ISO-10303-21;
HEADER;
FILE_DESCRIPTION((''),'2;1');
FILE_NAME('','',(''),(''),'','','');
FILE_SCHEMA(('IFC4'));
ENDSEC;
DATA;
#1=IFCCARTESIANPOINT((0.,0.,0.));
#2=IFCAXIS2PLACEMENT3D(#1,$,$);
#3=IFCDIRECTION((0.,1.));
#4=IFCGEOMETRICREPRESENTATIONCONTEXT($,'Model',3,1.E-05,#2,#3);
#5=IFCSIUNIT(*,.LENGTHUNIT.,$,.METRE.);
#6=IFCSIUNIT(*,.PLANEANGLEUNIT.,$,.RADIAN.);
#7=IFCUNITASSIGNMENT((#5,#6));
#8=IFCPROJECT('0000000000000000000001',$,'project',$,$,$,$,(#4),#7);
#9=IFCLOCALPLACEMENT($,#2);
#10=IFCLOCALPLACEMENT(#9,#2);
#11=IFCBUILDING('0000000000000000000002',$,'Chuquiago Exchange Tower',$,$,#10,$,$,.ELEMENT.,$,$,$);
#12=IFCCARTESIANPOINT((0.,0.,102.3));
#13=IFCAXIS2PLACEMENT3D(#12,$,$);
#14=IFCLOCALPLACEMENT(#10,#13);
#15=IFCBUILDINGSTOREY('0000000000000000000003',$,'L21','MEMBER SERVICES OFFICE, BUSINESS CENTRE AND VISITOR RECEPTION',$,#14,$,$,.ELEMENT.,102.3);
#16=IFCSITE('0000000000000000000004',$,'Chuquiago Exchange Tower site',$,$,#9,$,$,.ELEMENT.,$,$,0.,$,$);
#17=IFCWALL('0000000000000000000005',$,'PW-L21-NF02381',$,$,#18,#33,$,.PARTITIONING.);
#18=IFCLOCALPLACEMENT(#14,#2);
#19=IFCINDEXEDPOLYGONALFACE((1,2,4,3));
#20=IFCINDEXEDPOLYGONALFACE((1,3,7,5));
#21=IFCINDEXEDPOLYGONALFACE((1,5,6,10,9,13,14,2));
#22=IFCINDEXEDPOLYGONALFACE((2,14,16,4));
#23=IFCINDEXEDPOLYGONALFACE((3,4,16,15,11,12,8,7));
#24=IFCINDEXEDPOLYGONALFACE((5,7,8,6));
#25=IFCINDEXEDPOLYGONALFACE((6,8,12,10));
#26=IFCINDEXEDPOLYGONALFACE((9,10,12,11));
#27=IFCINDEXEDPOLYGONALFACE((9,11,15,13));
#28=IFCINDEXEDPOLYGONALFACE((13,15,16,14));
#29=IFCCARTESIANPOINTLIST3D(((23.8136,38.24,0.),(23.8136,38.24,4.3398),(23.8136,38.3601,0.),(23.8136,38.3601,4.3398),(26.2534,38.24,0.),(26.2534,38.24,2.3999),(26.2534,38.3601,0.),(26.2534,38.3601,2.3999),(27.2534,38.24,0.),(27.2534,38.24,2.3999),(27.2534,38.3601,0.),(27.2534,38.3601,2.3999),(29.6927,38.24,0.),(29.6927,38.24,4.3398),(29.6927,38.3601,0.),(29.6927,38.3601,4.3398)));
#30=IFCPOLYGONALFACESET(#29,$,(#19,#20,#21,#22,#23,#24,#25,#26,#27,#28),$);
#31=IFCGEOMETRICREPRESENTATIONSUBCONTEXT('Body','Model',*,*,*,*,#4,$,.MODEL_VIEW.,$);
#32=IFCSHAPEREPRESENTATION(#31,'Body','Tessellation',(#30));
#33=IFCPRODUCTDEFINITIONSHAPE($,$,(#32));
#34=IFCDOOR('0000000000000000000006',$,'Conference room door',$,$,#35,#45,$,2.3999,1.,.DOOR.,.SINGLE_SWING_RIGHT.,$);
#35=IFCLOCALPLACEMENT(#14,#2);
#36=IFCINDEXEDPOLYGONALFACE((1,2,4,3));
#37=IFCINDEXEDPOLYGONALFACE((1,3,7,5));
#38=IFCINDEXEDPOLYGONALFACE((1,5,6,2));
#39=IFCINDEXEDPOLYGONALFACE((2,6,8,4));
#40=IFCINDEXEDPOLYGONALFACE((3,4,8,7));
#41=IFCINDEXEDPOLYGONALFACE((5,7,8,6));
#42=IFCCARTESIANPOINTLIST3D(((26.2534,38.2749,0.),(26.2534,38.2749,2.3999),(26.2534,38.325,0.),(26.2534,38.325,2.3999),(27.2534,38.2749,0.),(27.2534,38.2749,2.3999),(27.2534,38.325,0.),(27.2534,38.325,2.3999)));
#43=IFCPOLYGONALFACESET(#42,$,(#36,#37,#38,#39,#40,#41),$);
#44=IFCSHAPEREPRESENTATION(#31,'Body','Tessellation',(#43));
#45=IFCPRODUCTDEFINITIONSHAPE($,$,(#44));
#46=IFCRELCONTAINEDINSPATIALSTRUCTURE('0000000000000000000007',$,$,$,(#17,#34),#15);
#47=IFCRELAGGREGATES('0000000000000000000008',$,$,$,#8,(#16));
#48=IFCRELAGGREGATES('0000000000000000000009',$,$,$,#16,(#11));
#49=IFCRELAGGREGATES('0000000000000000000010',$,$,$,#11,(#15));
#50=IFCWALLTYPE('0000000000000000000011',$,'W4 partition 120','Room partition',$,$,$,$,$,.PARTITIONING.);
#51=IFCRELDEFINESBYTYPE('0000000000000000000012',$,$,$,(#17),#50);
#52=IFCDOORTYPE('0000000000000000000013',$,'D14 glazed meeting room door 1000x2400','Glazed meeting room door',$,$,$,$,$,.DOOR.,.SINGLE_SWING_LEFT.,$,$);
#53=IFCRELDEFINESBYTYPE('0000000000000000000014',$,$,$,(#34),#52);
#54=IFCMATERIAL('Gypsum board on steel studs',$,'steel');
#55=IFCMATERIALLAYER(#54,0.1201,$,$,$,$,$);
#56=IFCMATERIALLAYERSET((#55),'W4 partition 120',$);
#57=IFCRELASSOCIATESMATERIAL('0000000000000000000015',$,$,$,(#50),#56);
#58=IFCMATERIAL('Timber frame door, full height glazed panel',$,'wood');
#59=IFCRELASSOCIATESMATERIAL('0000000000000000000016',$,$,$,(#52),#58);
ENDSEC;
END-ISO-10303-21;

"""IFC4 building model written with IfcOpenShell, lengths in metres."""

from ifc_helpers import new_model, si_unit, direction, frame, frame_2d, origin, place, context, subcontext, project, spatial, rectangle, extrude, material, layer, layer_set, type_object, element, fill, save


model = new_model("IFC4")

# Units and contexts
model_context = context("Model", 3, precision=1e-05, world=origin(), true_north=direction((0.0, 1.0)))
body_context = subcontext(model_context, "Body", "Model", "MODEL_VIEW")
ifc_project = project(units=[si_unit("LENGTHUNIT", "METRE"), si_unit("PLANEANGLEUNIT", "RADIAN")], contexts=[model_context])

# Site, building, storey
site_placement = place(None, origin())
site = spatial("IfcSite", under=ifc_project, at=site_placement, Name="Chuquiago Exchange Tower site", CompositionType="ELEMENT", RefElevation=0.0)
building_placement = place(site_placement, origin())
building = spatial("IfcBuilding", under=site, at=building_placement, Name="Chuquiago Exchange Tower", CompositionType="ELEMENT")
storey_placement = place(building_placement, frame((0.0, 0.0, 102.3)))
storey = spatial("IfcBuildingStorey", under=building, at=storey_placement, Name="L21", Description="MEMBER SERVICES OFFICE, BUSINESS CENTRE AND VISITOR RECEPTION", CompositionType="ELEMENT", Elevation=102.3)

# Shared definitions
ifc_material_1 = material(Name="Gypsum board on steel studs", Category="steel")
ifc_layer_1 = layer(ifc_material_1, 0.1201)
ifc_layer_set_1 = layer_set([ifc_layer_1], Name="W4 partition 120")
wall_type_1 = type_object("IfcWallType", Name="W4 partition 120", Description="Room partition", PredefinedType="PARTITIONING", material=ifc_layer_set_1)

# Wall, opening, door
wall_1_placement = place(storey_placement, frame((23.8137, 38.3, 0.0), z_axis=(0.0, 0.0, 1.0), x_axis=(1.0, 0.0, 0.0)))
wall_1 = element("IfcWall", 1, at=wall_1_placement, inside=storey, type_object=wall_type_1, Name="PW-L21-NF02381", PredefinedType="PARTITIONING", context=body_context, shape_type="SweptSolid", body=[
    extrude(rectangle(XDim=5.8792, YDim=0.1201, at=frame_2d((2.9395, 0.0))), origin(), (0.0, 0.0, 1.0), 4.3398),
])
opening_placement = place(wall_1_placement, frame((2.4397, 0.0, 0.0)))
opening = element("IfcOpeningElement", 2, at=opening_placement, cuts=wall_1, PredefinedType="OPENING", context=body_context, shape_type="SweptSolid", body=[
    extrude(rectangle(XDim=1.0, YDim=2.3999, at=frame_2d((0.5, 1.2))), frame((0.0, 0.0701, 0.0), z_axis=(0.0, -1.0, 0.0), x_axis=(1.0, 0.0, 0.0)), (0.0, 0.0, 1.0), 0.1401),
])
ifc_material_2 = material(Name="Timber frame door, full height glazed panel", Category="wood")
door_type = type_object("IfcDoorType", Name="D14 glazed meeting room door 1000x2400", Description="Glazed meeting room door", OperationType="SINGLE_SWING_LEFT", PredefinedType="DOOR", material=ifc_material_2)
door_placement = place(opening_placement, origin())
door = element("IfcDoor", 3, at=door_placement, inside=storey, type_object=door_type, Name="Conference room door", OperationType="SINGLE_SWING_RIGHT", OverallHeight=2.3999, OverallWidth=1.0, PredefinedType="DOOR", context=body_context, shape_type="SweptSolid", body=[
    extrude(rectangle(XDim=1.0, YDim=2.3999, at=frame_2d((0.5, 1.2))), frame((0.0, 0.0249, 0.0), z_axis=(0.0, -1.0, 0.0), x_axis=(1.0, 0.0, 0.0)), (0.0, 0.0, 1.0), 0.05),
])
fill(opening, door)

save(model, "model.ifc")
